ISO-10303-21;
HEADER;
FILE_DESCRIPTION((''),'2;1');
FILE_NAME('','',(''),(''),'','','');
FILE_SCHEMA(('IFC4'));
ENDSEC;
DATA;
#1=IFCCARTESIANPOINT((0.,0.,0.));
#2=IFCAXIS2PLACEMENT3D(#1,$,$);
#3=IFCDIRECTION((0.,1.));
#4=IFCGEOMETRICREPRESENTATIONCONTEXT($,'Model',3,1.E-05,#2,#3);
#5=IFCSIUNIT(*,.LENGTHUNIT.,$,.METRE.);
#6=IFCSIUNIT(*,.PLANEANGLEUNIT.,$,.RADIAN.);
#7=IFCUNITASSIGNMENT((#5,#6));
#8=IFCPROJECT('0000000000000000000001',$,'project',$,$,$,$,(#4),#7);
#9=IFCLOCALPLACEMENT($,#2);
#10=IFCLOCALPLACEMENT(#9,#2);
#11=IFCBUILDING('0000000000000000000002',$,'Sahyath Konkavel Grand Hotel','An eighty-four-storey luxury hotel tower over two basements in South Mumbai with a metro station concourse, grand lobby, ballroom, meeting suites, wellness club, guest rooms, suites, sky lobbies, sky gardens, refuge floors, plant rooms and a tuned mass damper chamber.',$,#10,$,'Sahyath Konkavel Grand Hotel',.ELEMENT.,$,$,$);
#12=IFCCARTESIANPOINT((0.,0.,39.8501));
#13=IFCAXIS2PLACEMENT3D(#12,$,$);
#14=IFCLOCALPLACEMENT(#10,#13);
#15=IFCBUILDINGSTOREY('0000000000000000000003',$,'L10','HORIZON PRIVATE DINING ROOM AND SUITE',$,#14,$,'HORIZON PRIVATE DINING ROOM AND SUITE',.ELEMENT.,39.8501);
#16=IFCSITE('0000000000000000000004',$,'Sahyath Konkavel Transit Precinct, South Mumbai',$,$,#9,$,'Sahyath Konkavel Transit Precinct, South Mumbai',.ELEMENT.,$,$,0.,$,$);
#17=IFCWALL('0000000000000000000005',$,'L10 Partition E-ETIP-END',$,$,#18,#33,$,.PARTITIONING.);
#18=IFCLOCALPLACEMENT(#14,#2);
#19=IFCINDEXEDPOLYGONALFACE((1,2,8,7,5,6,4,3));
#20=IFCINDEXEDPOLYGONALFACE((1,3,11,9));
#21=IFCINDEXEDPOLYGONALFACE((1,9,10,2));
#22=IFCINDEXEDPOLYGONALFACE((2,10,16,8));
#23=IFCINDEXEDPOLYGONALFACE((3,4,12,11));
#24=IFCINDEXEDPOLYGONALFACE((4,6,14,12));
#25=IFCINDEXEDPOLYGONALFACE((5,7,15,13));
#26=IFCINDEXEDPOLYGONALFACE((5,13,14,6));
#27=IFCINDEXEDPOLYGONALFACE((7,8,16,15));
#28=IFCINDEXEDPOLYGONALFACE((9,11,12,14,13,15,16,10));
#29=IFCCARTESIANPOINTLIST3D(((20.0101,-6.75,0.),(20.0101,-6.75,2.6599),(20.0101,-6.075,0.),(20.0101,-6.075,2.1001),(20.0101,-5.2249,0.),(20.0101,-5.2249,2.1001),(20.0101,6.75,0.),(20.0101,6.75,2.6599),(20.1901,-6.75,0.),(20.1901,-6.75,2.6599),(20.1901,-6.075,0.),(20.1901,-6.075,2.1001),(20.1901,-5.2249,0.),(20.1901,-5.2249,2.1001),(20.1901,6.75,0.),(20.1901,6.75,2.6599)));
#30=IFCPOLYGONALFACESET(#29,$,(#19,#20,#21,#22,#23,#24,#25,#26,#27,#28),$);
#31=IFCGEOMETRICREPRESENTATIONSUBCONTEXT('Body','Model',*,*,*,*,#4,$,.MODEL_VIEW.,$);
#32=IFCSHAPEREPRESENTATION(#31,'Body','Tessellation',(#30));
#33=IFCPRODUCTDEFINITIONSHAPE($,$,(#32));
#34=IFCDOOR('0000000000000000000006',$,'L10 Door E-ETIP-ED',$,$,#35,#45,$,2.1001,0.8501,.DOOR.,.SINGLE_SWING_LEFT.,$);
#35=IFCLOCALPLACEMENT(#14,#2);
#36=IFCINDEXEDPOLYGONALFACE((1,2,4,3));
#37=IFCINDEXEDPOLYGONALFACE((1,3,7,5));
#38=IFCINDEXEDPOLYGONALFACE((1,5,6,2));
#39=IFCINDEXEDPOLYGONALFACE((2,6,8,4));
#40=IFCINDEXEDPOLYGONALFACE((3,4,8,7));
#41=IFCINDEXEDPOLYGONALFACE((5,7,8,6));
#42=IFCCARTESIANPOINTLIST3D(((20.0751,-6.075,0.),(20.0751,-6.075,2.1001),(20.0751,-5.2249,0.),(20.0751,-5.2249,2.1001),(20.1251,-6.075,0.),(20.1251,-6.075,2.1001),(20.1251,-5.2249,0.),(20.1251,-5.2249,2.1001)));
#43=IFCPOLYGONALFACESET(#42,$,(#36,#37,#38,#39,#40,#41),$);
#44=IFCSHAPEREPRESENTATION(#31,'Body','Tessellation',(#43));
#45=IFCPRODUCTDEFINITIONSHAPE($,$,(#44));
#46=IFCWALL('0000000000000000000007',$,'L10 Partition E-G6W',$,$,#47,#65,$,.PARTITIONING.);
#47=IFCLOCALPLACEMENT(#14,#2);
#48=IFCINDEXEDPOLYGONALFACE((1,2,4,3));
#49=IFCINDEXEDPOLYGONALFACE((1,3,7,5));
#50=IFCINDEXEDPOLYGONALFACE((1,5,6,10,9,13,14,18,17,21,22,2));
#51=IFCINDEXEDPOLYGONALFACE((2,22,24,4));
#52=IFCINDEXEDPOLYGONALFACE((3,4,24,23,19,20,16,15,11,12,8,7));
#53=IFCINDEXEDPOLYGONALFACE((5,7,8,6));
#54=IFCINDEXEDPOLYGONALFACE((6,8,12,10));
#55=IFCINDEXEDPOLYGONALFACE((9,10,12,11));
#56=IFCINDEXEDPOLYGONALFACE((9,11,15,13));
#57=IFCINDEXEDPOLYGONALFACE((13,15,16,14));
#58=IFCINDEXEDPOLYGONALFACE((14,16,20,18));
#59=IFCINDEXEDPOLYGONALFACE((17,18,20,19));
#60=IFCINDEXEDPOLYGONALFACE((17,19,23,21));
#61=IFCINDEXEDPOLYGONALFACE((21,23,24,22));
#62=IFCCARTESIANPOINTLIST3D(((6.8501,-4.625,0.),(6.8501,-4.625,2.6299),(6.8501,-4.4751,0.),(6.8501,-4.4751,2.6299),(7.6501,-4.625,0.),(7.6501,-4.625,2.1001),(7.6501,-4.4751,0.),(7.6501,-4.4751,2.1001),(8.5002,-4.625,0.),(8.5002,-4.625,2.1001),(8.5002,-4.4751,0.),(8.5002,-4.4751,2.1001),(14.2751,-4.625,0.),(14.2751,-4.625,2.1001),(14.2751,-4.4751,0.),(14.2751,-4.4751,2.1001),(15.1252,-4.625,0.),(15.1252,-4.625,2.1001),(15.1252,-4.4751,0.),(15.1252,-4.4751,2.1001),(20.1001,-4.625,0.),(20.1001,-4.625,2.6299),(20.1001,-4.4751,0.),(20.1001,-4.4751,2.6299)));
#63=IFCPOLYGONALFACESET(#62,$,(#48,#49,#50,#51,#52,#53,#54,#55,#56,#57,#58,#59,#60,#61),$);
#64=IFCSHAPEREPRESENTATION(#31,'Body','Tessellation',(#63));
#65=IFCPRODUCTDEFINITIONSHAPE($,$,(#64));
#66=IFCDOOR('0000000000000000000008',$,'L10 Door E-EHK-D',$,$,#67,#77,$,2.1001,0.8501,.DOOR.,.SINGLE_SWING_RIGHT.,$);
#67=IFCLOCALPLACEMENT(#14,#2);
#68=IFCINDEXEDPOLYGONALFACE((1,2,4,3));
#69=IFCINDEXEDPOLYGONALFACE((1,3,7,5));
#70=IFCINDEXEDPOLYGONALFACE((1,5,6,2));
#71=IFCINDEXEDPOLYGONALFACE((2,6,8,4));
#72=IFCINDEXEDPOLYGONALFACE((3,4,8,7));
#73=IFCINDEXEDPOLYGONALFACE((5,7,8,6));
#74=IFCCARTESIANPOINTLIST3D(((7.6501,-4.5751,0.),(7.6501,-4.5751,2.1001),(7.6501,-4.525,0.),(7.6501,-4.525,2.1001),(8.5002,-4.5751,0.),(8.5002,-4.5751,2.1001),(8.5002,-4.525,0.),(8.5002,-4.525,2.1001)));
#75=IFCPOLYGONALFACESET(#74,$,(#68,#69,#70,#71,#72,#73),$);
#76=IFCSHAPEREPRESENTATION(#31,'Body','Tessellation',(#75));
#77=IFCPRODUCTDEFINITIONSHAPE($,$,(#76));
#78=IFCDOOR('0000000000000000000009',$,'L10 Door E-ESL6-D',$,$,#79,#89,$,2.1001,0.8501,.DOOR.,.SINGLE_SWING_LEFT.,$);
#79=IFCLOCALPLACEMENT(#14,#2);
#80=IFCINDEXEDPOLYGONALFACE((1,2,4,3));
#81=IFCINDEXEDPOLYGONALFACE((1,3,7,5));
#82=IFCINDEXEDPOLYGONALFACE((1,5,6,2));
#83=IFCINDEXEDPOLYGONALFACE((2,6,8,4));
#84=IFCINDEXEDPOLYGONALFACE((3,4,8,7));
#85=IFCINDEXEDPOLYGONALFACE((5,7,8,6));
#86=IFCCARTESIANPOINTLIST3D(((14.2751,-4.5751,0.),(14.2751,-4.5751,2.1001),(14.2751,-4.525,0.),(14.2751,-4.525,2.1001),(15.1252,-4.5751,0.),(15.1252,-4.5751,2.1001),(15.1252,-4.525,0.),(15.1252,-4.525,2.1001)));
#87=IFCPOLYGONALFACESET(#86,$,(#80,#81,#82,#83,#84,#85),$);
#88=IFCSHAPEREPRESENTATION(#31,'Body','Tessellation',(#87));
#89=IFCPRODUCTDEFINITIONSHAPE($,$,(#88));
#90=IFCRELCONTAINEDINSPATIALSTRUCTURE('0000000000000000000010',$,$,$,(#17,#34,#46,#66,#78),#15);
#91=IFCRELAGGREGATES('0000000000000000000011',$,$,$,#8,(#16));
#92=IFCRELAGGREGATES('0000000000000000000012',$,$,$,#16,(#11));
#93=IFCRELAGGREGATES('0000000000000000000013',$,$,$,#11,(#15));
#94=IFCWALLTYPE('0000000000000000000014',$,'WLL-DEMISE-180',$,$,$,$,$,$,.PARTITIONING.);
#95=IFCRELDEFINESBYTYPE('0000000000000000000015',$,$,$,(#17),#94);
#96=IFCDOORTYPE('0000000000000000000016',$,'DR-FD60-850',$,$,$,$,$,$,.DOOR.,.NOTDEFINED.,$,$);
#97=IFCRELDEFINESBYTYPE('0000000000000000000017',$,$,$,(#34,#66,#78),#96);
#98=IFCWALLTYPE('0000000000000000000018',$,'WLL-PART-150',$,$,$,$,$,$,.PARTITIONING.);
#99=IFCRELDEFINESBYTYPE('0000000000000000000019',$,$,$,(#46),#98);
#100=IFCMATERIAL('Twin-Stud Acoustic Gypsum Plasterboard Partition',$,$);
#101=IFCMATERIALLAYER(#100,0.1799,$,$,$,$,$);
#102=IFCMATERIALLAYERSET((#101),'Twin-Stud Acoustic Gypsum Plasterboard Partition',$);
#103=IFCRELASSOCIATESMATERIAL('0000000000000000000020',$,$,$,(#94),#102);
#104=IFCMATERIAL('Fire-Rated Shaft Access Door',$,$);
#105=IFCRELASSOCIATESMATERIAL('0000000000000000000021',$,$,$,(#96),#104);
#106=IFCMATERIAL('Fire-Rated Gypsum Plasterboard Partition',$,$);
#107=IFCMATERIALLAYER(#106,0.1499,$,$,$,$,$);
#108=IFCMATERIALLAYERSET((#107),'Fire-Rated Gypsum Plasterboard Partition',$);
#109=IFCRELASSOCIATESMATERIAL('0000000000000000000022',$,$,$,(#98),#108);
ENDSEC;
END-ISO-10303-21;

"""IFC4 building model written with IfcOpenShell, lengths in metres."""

from ifc_helpers import new_model, si_unit, direction, frame, frame_2d, origin, origin_2d, place, context, subcontext, project, spatial, rectangle, extrude, source, transform, mapped, material, layer, layer_set, type_object, element, fill, save


model = new_model("IFC4")

# Units and contexts
model_context = context("Model", 3, precision=1e-05, world=origin(), true_north=direction((0.0, 1.0)))
body_context = subcontext(model_context, "Body", "Model", "MODEL_VIEW")
ifc_project = project(units=[si_unit("LENGTHUNIT", "METRE"), si_unit("PLANEANGLEUNIT", "RADIAN")], contexts=[model_context])

# Site, building, storey
site_placement = place(None, origin())
site = spatial("IfcSite", under=ifc_project, at=site_placement, Name="Sahyath Konkavel Transit Precinct, South Mumbai", LongName="Sahyath Konkavel Transit Precinct, South Mumbai", CompositionType="ELEMENT", RefElevation=0.0)
building_placement = place(site_placement, origin())
building = spatial("IfcBuilding", under=site, at=building_placement, Name="Sahyath Konkavel Grand Hotel", Description="An eighty-four-storey luxury hotel tower over two basements in South Mumbai with a metro station concourse, grand lobby, ballroom, meeting suites, wellness club, guest rooms, suites, sky lobbies, sky gardens, refuge floors, plant rooms and a tuned mass damper chamber.", LongName="Sahyath Konkavel Grand Hotel", CompositionType="ELEMENT")
storey_placement = place(building_placement, frame((0.0, 0.0, 39.8501)))
storey = spatial("IfcBuildingStorey", under=building, at=storey_placement, Name="L10", Description="HORIZON PRIVATE DINING ROOM AND SUITE", LongName="HORIZON PRIVATE DINING ROOM AND SUITE", CompositionType="ELEMENT", Elevation=39.8501)

# Shared definitions
ifc_material_1 = material(Name="Twin-Stud Acoustic Gypsum Plasterboard Partition")
ifc_layer_1 = layer(ifc_material_1, 0.1799)
ifc_layer_set_1 = layer_set([ifc_layer_1], Name="Twin-Stud Acoustic Gypsum Plasterboard Partition")
wall_type_1 = type_object("IfcWallType", Name="WLL-DEMISE-180", PredefinedType="PARTITIONING", material=ifc_layer_set_1)

# Wall, opening, door
wall_1_placement = place(storey_placement, frame((20.1001, -6.75, 0.0), z_axis=(0.0, 0.0, 1.0), x_axis=(0.0, 1.0, 0.0)))
wall_1 = element("IfcWall", 1, at=wall_1_placement, inside=storey, type_object=wall_type_1, Name="L10 Partition E-ETIP-END", PredefinedType="PARTITIONING", context=body_context, shape_type="SweptSolid", body=[
    extrude(rectangle(XDim=13.5, YDim=0.1799, at=frame_2d((6.75, 0.0))), origin(), (0.0, 0.0, 1.0), 2.6599),
])
opening_1_placement = place(wall_1_placement, frame((0.675, 0.0, 0.0)))
opening_1 = element("IfcOpeningElement", 2, at=opening_1_placement, cuts=wall_1, PredefinedType="OPENING", context=body_context, shape_type="SweptSolid", body=[
    extrude(rectangle(XDim=0.8501, YDim=2.1001, at=frame_2d((0.425, 1.05))), frame((0.0, 0.1001, 0.0), z_axis=(0.0, -1.0, 0.0), x_axis=(1.0, 0.0, 0.0)), (0.0, 0.0, 1.0), 0.2),
])
ifc_material_2 = material(Name="Fire-Rated Shaft Access Door")
door_type = type_object("IfcDoorType", Name="DR-FD60-850", OperationType="NOTDEFINED", PredefinedType="DOOR", material=ifc_material_2)
shared_shape_1 = source(origin(), body_context, "Body", "SweptSolid", [
    extrude(rectangle(XDim=0.8501, YDim=0.05, at=origin_2d()), origin(), (0.0, 0.0, 1.0), 2.1001),
])
door_1_placement = place(opening_1_placement, frame((0.425, 0.0, 0.0)))
door_1 = element("IfcDoor", 3, at=door_1_placement, inside=storey, type_object=door_type, Name="L10 Door E-ETIP-ED", OperationType="SINGLE_SWING_LEFT", OverallHeight=2.1001, OverallWidth=0.8501, PredefinedType="DOOR", context=body_context, shape_type="MappedRepresentation", body=[
    mapped(shared_shape_1, transform((0.0, 0.0, 0.0), scale=1.0)),
])
fill(opening_1, door_1)

# Wall, openings, doors
ifc_material_3 = material(Name="Fire-Rated Gypsum Plasterboard Partition")
ifc_layer_2 = layer(ifc_material_3, 0.1499)
ifc_layer_set_2 = layer_set([ifc_layer_2], Name="Fire-Rated Gypsum Plasterboard Partition")
wall_type_2 = type_object("IfcWallType", Name="WLL-PART-150", PredefinedType="PARTITIONING", material=ifc_layer_set_2)
wall_2_placement = place(storey_placement, frame((6.8501, -4.55, 0.0), z_axis=(0.0, 0.0, 1.0), x_axis=(1.0, 0.0, 0.0)))
wall_2 = element("IfcWall", 4, at=wall_2_placement, inside=storey, type_object=wall_type_2, Name="L10 Partition E-G6W", PredefinedType="PARTITIONING", context=body_context, shape_type="SweptSolid", body=[
    extrude(rectangle(XDim=13.25, YDim=0.1499, at=frame_2d((6.625, 0.0))), origin(), (0.0, 0.0, 1.0), 2.6299),
])
opening_2_placement = place(wall_2_placement, frame((0.8, 0.0, 0.0)))
opening_2 = element("IfcOpeningElement", 5, at=opening_2_placement, cuts=wall_2, PredefinedType="OPENING", context=body_context, shape_type="SweptSolid", body=[
    extrude(rectangle(XDim=0.8501, YDim=2.1001, at=frame_2d((0.425, 1.05))), frame((0.0, 0.085, 0.0), z_axis=(0.0, -1.0, 0.0), x_axis=(1.0, 0.0, 0.0)), (0.0, 0.0, 1.0), 0.1699),
])
opening_3_placement = place(wall_2_placement, frame((7.425, 0.0, 0.0)))
opening_3 = element("IfcOpeningElement", 6, at=opening_3_placement, cuts=wall_2, PredefinedType="OPENING", context=body_context, shape_type="SweptSolid", body=[
    extrude(rectangle(XDim=0.8501, YDim=2.1001, at=frame_2d((0.425, 1.05))), frame((0.0, 0.085, 0.0), z_axis=(0.0, -1.0, 0.0), x_axis=(1.0, 0.0, 0.0)), (0.0, 0.0, 1.0), 0.1699),
])
door_2_placement = place(opening_2_placement, frame((0.425, 0.0, 0.0)))
door_2 = element("IfcDoor", 7, at=door_2_placement, inside=storey, type_object=door_type, Name="L10 Door E-EHK-D", OperationType="SINGLE_SWING_RIGHT", OverallHeight=2.1001, OverallWidth=0.8501, PredefinedType="DOOR", context=body_context, shape_type="MappedRepresentation", body=[
    mapped(shared_shape_1, transform((0.0, 0.0, 0.0), scale=1.0)),
])
fill(opening_2, door_2)
door_3_placement = place(opening_3_placement, frame((0.425, 0.0, 0.0)))
door_3 = element("IfcDoor", 8, at=door_3_placement, inside=storey, type_object=door_type, Name="L10 Door E-ESL6-D", OperationType="SINGLE_SWING_LEFT", OverallHeight=2.1001, OverallWidth=0.8501, PredefinedType="DOOR", context=body_context, shape_type="MappedRepresentation", body=[
    mapped(shared_shape_1, transform((0.0, 0.0, 0.0), scale=1.0)),
])
fill(opening_3, door_3)

save(model, "model.ifc")
